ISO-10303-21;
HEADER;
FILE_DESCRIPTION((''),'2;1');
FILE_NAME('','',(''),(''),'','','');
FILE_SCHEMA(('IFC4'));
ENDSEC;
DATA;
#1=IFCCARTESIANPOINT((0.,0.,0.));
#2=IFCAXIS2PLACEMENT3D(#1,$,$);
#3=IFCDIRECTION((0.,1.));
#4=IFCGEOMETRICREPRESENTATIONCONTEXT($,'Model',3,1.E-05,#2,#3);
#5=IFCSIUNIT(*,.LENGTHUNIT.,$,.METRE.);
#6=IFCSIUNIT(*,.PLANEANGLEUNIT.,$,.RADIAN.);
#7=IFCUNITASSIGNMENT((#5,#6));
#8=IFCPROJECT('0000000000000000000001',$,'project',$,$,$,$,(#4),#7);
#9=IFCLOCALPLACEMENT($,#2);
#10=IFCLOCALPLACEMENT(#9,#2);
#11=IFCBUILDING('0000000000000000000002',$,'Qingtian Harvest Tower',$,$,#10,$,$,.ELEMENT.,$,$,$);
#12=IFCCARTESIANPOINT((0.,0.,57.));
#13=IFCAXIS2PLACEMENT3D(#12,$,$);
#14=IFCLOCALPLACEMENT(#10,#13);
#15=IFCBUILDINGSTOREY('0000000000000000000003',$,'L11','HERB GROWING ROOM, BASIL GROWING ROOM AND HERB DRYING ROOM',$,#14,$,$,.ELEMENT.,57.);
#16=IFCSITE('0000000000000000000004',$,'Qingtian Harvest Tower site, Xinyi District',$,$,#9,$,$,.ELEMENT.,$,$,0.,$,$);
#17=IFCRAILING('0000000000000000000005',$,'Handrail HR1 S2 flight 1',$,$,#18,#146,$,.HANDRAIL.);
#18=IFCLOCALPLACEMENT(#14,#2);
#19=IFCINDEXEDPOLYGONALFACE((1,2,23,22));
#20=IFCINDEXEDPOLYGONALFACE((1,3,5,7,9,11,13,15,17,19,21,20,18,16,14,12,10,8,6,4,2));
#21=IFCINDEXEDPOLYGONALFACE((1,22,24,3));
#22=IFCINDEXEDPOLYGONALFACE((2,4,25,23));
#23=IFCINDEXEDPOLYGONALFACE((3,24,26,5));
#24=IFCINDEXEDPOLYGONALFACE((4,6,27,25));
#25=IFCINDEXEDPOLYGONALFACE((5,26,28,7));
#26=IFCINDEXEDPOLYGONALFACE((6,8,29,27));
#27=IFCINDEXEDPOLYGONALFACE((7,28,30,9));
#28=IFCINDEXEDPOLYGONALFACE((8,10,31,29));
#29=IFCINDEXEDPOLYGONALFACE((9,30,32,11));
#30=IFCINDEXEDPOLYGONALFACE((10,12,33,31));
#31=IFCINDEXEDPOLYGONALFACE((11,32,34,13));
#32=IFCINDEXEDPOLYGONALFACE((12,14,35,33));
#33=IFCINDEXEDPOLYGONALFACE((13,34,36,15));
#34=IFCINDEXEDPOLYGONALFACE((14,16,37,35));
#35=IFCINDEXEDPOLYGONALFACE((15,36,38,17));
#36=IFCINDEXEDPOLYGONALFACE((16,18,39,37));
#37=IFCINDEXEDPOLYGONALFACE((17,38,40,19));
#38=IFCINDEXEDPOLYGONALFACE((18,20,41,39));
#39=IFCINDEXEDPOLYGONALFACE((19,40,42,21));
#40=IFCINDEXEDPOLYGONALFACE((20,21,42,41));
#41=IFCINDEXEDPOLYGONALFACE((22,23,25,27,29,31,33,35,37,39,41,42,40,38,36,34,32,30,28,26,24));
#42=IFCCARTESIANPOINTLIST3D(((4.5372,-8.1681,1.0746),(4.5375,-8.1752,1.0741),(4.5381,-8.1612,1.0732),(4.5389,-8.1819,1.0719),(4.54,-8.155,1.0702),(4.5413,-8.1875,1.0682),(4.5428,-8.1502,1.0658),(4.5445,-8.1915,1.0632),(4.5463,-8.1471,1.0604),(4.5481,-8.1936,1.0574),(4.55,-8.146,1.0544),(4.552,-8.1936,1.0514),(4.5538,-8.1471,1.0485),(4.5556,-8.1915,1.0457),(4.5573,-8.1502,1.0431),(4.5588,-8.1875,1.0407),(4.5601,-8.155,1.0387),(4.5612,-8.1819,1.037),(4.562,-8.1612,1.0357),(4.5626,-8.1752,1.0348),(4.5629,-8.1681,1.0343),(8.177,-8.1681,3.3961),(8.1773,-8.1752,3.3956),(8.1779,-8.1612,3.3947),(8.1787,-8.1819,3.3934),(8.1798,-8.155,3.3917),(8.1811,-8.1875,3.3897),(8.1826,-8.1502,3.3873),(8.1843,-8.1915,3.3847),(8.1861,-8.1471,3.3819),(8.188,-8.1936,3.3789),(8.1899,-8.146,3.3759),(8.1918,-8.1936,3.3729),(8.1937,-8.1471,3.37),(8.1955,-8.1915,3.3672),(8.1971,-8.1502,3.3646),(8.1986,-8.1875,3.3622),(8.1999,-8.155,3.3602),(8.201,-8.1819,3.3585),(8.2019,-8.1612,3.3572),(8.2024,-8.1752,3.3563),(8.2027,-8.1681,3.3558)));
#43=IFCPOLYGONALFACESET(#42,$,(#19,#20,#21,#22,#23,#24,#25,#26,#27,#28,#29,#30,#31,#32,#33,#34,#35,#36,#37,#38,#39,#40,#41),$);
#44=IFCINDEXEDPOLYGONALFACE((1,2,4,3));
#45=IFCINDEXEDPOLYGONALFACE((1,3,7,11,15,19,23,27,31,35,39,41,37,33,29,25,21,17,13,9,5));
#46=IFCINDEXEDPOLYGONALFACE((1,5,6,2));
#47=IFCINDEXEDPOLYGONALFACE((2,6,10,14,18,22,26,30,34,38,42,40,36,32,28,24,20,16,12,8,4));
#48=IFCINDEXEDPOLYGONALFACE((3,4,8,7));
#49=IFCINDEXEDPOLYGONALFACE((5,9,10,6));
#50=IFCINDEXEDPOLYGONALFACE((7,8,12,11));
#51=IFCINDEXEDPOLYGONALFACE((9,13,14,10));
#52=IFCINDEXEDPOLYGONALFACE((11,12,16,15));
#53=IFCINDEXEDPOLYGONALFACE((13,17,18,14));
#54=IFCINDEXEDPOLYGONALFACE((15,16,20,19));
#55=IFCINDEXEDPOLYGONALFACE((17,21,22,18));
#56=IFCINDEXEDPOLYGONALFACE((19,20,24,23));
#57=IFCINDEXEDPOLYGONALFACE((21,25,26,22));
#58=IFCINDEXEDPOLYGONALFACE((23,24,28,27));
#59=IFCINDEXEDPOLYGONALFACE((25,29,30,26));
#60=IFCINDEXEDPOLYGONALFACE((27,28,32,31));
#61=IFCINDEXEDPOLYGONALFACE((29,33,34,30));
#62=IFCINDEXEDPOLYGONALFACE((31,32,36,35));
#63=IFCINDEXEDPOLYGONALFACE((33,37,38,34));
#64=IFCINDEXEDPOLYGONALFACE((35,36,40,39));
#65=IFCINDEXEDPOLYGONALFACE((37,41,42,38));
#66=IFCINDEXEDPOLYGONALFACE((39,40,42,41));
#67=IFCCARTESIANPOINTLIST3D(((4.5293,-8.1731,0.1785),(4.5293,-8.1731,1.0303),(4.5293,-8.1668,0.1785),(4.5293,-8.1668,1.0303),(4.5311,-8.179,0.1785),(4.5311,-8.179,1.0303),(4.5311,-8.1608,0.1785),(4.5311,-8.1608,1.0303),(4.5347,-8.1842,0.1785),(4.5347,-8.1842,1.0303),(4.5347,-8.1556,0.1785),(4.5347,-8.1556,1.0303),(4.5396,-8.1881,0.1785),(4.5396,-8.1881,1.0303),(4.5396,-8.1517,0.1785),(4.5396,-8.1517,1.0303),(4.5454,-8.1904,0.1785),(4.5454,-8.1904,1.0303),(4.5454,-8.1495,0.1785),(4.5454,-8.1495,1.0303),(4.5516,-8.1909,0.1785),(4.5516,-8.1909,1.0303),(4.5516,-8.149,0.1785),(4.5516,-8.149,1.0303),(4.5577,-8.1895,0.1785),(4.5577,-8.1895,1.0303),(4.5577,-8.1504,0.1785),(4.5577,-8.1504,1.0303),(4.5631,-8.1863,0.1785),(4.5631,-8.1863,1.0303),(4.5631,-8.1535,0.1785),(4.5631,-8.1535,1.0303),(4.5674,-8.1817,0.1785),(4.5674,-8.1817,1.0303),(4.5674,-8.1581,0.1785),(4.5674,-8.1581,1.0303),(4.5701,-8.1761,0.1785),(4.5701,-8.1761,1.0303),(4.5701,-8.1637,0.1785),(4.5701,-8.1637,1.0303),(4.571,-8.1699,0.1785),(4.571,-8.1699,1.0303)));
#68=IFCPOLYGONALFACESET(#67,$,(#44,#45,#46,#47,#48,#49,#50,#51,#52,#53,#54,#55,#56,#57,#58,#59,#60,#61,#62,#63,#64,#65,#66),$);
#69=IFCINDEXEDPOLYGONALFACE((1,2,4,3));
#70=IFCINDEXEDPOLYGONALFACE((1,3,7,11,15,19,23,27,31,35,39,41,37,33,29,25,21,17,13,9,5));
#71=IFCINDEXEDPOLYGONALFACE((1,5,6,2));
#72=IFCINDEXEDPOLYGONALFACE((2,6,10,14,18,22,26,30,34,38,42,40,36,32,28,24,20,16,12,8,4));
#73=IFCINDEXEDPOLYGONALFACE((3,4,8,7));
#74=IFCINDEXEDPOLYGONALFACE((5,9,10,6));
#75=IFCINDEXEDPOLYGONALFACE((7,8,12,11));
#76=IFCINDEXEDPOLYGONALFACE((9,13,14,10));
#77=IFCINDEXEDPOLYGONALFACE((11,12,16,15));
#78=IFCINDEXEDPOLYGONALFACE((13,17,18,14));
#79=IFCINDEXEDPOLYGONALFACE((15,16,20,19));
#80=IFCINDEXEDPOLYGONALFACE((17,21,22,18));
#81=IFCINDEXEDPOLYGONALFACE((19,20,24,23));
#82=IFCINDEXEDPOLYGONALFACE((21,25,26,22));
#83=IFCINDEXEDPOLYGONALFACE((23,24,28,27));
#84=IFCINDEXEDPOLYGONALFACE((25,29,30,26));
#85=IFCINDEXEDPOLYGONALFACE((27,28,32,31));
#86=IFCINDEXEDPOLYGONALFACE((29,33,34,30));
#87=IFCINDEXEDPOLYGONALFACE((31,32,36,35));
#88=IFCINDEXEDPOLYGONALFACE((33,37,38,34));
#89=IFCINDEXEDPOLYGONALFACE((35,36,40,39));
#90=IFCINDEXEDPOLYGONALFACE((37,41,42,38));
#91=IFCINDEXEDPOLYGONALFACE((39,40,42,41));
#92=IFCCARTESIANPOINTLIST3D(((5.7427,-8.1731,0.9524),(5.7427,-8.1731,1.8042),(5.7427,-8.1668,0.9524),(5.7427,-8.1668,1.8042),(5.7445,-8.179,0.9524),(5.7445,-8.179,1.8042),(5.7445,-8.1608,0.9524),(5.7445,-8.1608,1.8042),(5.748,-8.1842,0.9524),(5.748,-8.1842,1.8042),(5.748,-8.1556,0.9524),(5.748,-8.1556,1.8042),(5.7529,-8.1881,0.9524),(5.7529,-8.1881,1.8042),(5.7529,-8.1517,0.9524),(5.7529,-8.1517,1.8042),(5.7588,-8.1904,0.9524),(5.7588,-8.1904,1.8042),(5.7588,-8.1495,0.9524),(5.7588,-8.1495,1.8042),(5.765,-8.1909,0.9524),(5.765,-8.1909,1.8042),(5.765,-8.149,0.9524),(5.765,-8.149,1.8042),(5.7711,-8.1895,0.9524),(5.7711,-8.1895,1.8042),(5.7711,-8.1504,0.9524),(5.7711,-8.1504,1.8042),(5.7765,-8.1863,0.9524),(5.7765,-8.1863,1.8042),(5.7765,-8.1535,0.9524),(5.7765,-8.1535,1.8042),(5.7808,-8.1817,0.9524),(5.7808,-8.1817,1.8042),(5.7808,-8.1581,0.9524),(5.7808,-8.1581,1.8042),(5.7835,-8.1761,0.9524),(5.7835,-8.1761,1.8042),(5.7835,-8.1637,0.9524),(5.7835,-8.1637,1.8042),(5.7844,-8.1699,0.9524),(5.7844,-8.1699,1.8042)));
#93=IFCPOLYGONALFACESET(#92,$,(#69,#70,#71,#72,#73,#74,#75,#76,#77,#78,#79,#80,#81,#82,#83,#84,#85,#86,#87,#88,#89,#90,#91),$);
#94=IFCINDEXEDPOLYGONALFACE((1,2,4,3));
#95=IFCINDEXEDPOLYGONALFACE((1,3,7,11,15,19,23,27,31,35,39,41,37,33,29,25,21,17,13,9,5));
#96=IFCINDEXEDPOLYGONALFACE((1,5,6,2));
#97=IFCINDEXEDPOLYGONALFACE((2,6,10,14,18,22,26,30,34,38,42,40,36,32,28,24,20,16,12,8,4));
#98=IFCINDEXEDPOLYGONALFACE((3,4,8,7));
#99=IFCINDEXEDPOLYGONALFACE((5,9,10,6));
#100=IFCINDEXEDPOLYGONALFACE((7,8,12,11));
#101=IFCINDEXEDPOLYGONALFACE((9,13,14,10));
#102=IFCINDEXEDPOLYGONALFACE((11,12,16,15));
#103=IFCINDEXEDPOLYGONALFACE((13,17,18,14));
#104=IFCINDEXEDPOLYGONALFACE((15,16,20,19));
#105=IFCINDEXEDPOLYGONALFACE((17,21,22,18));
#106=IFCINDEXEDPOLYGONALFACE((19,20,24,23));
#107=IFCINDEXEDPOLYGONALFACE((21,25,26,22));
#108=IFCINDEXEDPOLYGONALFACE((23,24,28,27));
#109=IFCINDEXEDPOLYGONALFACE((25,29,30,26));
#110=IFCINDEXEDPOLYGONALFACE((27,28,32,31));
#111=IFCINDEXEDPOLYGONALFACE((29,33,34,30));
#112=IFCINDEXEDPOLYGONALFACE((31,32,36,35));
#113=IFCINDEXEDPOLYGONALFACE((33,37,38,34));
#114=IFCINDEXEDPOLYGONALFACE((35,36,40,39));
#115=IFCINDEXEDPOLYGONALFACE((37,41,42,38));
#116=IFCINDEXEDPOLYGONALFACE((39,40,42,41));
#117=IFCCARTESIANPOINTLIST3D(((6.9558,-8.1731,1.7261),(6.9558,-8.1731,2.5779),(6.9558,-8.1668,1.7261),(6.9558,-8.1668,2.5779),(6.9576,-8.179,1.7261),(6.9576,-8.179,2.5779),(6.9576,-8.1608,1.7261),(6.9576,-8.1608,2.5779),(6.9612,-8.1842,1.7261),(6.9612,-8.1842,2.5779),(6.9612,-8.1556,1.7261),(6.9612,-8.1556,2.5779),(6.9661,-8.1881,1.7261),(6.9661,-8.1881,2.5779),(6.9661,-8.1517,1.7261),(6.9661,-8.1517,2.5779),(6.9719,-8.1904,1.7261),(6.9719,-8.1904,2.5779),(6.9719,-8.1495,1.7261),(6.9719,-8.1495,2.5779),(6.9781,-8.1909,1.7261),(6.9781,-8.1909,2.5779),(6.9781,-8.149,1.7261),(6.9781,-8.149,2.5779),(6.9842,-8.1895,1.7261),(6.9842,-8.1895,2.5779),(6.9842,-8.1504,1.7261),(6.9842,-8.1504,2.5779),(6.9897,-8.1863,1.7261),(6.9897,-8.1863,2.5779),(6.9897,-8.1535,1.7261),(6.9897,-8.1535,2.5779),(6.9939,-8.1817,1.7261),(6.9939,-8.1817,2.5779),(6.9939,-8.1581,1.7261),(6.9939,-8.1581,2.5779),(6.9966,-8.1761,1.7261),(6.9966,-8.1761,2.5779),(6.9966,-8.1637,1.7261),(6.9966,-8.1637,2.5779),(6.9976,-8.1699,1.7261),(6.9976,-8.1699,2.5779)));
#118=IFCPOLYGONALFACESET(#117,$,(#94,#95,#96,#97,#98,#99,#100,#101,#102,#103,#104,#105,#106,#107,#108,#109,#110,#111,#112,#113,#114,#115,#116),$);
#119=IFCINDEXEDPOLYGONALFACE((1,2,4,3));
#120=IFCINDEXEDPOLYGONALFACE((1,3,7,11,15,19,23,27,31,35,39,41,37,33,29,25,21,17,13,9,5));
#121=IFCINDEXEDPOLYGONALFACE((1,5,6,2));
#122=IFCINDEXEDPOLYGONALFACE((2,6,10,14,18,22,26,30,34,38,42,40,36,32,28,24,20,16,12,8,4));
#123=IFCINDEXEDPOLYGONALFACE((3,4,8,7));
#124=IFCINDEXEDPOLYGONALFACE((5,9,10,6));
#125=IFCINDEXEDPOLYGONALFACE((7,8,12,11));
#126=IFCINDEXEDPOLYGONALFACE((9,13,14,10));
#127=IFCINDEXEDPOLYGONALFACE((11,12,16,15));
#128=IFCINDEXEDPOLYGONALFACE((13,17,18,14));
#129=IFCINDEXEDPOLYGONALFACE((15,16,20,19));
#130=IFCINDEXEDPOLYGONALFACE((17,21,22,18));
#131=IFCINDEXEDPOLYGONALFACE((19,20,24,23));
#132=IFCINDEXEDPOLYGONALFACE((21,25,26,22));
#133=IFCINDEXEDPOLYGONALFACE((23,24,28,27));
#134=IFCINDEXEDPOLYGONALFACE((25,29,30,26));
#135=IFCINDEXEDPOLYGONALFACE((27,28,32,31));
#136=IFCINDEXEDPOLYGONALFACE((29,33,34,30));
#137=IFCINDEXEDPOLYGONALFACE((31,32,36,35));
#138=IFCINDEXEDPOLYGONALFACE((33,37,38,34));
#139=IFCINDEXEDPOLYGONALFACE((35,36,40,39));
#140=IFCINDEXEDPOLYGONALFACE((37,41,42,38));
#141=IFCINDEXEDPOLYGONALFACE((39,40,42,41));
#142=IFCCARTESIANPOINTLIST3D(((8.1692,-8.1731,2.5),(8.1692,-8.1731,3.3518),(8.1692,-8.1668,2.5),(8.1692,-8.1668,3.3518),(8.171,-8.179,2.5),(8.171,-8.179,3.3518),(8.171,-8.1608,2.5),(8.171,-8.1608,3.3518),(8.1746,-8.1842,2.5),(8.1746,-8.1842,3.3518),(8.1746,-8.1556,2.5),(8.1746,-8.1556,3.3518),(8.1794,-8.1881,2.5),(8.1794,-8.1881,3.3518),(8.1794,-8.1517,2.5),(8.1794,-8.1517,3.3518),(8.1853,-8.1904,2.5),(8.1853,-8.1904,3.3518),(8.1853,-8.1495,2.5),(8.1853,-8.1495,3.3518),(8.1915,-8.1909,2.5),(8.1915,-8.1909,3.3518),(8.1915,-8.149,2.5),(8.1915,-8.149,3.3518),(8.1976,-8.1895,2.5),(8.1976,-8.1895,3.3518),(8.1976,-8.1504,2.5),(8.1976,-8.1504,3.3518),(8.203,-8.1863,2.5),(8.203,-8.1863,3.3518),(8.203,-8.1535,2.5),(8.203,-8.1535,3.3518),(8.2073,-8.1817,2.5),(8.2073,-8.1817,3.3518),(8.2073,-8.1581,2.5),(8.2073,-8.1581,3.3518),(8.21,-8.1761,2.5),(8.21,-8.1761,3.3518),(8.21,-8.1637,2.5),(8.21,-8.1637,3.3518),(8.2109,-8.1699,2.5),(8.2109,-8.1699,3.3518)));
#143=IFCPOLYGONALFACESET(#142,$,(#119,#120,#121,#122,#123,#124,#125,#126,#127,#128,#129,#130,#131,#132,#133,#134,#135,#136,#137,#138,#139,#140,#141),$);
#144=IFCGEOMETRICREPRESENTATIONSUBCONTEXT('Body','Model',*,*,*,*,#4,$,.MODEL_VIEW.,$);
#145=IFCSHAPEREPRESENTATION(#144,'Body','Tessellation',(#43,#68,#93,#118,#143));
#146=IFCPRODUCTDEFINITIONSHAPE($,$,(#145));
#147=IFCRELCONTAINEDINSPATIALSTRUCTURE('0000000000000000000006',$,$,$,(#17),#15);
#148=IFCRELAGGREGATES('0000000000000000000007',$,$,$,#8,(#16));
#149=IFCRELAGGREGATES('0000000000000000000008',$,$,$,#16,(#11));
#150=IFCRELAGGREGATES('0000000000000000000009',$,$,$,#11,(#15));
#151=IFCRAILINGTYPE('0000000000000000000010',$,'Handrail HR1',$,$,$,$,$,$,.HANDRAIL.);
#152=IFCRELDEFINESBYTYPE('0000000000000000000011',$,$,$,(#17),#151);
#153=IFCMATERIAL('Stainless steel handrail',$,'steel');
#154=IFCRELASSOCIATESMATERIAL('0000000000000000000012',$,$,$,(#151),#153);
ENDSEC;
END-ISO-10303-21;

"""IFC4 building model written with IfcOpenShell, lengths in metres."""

from ifc_helpers import new_model, si_unit, direction, frame, origin, origin_2d, place, context, subcontext, project, spatial, circle, extrude, material, type_object, element, save


model = new_model("IFC4")

# Units and contexts
model_context = context("Model", 3, precision=1e-05, world=origin(), true_north=direction((0.0, 1.0)))
body_context = subcontext(model_context, "Body", "Model", "MODEL_VIEW")
ifc_project = project(units=[si_unit("LENGTHUNIT", "METRE"), si_unit("PLANEANGLEUNIT", "RADIAN")], contexts=[model_context])

# Site, building, storey
site_placement = place(None, origin())
site = spatial("IfcSite", under=ifc_project, at=site_placement, Name="Qingtian Harvest Tower site, Xinyi District", CompositionType="ELEMENT", RefElevation=0.0)
building_placement = place(site_placement, origin())
building = spatial("IfcBuilding", under=site, at=building_placement, Name="Qingtian Harvest Tower", CompositionType="ELEMENT")
storey_placement = place(building_placement, frame((0.0, 0.0, 57.0)))
storey = spatial("IfcBuildingStorey", under=building, at=storey_placement, Name="L11", Description="HERB GROWING ROOM, BASIL GROWING ROOM AND HERB DRYING ROOM", CompositionType="ELEMENT", Elevation=57.0)

# Railing
ifc_material_1 = material(Name="Stainless steel handrail", Category="steel")
railing_type = type_object("IfcRailingType", Name="Handrail HR1", PredefinedType="HANDRAIL", material=ifc_material_1)
railing_1_placement = place(storey_placement, frame((4.55, -8.1699, 0.1785)))
element("IfcRailing", 1, at=railing_1_placement, inside=storey, type_object=railing_type, Name="Handrail HR1 S2 flight 1", PredefinedType="HANDRAIL", context=body_context, shape_type="SweptSolid", body=[
    extrude(circle(Radius=0.0239, at=origin_2d()), frame((0.0, 0.0, 0.876), z_axis=(0.843112, 0.0, 0.537739), x_axis=(0.0, 1.0, 0.0)), (0.0, 0.0, 1.0), 4.3171),
    extrude(circle(Radius=0.021, at=origin_2d()), origin(), (0.0, 0.0, 1.0), 0.8518),
    extrude(circle(Radius=0.021, at=origin_2d()), frame((1.2134, 0.0, 0.7739)), (0.0, 0.0, 1.0), 0.8518),
    extrude(circle(Radius=0.021, at=origin_2d()), frame((2.4265, 0.0, 1.5476)), (0.0, 0.0, 1.0), 0.8518),
    extrude(circle(Radius=0.021, at=origin_2d()), frame((3.6399, 0.0, 2.3215)), (0.0, 0.0, 1.0), 0.8518),
])

save(model, "model.ifc")
